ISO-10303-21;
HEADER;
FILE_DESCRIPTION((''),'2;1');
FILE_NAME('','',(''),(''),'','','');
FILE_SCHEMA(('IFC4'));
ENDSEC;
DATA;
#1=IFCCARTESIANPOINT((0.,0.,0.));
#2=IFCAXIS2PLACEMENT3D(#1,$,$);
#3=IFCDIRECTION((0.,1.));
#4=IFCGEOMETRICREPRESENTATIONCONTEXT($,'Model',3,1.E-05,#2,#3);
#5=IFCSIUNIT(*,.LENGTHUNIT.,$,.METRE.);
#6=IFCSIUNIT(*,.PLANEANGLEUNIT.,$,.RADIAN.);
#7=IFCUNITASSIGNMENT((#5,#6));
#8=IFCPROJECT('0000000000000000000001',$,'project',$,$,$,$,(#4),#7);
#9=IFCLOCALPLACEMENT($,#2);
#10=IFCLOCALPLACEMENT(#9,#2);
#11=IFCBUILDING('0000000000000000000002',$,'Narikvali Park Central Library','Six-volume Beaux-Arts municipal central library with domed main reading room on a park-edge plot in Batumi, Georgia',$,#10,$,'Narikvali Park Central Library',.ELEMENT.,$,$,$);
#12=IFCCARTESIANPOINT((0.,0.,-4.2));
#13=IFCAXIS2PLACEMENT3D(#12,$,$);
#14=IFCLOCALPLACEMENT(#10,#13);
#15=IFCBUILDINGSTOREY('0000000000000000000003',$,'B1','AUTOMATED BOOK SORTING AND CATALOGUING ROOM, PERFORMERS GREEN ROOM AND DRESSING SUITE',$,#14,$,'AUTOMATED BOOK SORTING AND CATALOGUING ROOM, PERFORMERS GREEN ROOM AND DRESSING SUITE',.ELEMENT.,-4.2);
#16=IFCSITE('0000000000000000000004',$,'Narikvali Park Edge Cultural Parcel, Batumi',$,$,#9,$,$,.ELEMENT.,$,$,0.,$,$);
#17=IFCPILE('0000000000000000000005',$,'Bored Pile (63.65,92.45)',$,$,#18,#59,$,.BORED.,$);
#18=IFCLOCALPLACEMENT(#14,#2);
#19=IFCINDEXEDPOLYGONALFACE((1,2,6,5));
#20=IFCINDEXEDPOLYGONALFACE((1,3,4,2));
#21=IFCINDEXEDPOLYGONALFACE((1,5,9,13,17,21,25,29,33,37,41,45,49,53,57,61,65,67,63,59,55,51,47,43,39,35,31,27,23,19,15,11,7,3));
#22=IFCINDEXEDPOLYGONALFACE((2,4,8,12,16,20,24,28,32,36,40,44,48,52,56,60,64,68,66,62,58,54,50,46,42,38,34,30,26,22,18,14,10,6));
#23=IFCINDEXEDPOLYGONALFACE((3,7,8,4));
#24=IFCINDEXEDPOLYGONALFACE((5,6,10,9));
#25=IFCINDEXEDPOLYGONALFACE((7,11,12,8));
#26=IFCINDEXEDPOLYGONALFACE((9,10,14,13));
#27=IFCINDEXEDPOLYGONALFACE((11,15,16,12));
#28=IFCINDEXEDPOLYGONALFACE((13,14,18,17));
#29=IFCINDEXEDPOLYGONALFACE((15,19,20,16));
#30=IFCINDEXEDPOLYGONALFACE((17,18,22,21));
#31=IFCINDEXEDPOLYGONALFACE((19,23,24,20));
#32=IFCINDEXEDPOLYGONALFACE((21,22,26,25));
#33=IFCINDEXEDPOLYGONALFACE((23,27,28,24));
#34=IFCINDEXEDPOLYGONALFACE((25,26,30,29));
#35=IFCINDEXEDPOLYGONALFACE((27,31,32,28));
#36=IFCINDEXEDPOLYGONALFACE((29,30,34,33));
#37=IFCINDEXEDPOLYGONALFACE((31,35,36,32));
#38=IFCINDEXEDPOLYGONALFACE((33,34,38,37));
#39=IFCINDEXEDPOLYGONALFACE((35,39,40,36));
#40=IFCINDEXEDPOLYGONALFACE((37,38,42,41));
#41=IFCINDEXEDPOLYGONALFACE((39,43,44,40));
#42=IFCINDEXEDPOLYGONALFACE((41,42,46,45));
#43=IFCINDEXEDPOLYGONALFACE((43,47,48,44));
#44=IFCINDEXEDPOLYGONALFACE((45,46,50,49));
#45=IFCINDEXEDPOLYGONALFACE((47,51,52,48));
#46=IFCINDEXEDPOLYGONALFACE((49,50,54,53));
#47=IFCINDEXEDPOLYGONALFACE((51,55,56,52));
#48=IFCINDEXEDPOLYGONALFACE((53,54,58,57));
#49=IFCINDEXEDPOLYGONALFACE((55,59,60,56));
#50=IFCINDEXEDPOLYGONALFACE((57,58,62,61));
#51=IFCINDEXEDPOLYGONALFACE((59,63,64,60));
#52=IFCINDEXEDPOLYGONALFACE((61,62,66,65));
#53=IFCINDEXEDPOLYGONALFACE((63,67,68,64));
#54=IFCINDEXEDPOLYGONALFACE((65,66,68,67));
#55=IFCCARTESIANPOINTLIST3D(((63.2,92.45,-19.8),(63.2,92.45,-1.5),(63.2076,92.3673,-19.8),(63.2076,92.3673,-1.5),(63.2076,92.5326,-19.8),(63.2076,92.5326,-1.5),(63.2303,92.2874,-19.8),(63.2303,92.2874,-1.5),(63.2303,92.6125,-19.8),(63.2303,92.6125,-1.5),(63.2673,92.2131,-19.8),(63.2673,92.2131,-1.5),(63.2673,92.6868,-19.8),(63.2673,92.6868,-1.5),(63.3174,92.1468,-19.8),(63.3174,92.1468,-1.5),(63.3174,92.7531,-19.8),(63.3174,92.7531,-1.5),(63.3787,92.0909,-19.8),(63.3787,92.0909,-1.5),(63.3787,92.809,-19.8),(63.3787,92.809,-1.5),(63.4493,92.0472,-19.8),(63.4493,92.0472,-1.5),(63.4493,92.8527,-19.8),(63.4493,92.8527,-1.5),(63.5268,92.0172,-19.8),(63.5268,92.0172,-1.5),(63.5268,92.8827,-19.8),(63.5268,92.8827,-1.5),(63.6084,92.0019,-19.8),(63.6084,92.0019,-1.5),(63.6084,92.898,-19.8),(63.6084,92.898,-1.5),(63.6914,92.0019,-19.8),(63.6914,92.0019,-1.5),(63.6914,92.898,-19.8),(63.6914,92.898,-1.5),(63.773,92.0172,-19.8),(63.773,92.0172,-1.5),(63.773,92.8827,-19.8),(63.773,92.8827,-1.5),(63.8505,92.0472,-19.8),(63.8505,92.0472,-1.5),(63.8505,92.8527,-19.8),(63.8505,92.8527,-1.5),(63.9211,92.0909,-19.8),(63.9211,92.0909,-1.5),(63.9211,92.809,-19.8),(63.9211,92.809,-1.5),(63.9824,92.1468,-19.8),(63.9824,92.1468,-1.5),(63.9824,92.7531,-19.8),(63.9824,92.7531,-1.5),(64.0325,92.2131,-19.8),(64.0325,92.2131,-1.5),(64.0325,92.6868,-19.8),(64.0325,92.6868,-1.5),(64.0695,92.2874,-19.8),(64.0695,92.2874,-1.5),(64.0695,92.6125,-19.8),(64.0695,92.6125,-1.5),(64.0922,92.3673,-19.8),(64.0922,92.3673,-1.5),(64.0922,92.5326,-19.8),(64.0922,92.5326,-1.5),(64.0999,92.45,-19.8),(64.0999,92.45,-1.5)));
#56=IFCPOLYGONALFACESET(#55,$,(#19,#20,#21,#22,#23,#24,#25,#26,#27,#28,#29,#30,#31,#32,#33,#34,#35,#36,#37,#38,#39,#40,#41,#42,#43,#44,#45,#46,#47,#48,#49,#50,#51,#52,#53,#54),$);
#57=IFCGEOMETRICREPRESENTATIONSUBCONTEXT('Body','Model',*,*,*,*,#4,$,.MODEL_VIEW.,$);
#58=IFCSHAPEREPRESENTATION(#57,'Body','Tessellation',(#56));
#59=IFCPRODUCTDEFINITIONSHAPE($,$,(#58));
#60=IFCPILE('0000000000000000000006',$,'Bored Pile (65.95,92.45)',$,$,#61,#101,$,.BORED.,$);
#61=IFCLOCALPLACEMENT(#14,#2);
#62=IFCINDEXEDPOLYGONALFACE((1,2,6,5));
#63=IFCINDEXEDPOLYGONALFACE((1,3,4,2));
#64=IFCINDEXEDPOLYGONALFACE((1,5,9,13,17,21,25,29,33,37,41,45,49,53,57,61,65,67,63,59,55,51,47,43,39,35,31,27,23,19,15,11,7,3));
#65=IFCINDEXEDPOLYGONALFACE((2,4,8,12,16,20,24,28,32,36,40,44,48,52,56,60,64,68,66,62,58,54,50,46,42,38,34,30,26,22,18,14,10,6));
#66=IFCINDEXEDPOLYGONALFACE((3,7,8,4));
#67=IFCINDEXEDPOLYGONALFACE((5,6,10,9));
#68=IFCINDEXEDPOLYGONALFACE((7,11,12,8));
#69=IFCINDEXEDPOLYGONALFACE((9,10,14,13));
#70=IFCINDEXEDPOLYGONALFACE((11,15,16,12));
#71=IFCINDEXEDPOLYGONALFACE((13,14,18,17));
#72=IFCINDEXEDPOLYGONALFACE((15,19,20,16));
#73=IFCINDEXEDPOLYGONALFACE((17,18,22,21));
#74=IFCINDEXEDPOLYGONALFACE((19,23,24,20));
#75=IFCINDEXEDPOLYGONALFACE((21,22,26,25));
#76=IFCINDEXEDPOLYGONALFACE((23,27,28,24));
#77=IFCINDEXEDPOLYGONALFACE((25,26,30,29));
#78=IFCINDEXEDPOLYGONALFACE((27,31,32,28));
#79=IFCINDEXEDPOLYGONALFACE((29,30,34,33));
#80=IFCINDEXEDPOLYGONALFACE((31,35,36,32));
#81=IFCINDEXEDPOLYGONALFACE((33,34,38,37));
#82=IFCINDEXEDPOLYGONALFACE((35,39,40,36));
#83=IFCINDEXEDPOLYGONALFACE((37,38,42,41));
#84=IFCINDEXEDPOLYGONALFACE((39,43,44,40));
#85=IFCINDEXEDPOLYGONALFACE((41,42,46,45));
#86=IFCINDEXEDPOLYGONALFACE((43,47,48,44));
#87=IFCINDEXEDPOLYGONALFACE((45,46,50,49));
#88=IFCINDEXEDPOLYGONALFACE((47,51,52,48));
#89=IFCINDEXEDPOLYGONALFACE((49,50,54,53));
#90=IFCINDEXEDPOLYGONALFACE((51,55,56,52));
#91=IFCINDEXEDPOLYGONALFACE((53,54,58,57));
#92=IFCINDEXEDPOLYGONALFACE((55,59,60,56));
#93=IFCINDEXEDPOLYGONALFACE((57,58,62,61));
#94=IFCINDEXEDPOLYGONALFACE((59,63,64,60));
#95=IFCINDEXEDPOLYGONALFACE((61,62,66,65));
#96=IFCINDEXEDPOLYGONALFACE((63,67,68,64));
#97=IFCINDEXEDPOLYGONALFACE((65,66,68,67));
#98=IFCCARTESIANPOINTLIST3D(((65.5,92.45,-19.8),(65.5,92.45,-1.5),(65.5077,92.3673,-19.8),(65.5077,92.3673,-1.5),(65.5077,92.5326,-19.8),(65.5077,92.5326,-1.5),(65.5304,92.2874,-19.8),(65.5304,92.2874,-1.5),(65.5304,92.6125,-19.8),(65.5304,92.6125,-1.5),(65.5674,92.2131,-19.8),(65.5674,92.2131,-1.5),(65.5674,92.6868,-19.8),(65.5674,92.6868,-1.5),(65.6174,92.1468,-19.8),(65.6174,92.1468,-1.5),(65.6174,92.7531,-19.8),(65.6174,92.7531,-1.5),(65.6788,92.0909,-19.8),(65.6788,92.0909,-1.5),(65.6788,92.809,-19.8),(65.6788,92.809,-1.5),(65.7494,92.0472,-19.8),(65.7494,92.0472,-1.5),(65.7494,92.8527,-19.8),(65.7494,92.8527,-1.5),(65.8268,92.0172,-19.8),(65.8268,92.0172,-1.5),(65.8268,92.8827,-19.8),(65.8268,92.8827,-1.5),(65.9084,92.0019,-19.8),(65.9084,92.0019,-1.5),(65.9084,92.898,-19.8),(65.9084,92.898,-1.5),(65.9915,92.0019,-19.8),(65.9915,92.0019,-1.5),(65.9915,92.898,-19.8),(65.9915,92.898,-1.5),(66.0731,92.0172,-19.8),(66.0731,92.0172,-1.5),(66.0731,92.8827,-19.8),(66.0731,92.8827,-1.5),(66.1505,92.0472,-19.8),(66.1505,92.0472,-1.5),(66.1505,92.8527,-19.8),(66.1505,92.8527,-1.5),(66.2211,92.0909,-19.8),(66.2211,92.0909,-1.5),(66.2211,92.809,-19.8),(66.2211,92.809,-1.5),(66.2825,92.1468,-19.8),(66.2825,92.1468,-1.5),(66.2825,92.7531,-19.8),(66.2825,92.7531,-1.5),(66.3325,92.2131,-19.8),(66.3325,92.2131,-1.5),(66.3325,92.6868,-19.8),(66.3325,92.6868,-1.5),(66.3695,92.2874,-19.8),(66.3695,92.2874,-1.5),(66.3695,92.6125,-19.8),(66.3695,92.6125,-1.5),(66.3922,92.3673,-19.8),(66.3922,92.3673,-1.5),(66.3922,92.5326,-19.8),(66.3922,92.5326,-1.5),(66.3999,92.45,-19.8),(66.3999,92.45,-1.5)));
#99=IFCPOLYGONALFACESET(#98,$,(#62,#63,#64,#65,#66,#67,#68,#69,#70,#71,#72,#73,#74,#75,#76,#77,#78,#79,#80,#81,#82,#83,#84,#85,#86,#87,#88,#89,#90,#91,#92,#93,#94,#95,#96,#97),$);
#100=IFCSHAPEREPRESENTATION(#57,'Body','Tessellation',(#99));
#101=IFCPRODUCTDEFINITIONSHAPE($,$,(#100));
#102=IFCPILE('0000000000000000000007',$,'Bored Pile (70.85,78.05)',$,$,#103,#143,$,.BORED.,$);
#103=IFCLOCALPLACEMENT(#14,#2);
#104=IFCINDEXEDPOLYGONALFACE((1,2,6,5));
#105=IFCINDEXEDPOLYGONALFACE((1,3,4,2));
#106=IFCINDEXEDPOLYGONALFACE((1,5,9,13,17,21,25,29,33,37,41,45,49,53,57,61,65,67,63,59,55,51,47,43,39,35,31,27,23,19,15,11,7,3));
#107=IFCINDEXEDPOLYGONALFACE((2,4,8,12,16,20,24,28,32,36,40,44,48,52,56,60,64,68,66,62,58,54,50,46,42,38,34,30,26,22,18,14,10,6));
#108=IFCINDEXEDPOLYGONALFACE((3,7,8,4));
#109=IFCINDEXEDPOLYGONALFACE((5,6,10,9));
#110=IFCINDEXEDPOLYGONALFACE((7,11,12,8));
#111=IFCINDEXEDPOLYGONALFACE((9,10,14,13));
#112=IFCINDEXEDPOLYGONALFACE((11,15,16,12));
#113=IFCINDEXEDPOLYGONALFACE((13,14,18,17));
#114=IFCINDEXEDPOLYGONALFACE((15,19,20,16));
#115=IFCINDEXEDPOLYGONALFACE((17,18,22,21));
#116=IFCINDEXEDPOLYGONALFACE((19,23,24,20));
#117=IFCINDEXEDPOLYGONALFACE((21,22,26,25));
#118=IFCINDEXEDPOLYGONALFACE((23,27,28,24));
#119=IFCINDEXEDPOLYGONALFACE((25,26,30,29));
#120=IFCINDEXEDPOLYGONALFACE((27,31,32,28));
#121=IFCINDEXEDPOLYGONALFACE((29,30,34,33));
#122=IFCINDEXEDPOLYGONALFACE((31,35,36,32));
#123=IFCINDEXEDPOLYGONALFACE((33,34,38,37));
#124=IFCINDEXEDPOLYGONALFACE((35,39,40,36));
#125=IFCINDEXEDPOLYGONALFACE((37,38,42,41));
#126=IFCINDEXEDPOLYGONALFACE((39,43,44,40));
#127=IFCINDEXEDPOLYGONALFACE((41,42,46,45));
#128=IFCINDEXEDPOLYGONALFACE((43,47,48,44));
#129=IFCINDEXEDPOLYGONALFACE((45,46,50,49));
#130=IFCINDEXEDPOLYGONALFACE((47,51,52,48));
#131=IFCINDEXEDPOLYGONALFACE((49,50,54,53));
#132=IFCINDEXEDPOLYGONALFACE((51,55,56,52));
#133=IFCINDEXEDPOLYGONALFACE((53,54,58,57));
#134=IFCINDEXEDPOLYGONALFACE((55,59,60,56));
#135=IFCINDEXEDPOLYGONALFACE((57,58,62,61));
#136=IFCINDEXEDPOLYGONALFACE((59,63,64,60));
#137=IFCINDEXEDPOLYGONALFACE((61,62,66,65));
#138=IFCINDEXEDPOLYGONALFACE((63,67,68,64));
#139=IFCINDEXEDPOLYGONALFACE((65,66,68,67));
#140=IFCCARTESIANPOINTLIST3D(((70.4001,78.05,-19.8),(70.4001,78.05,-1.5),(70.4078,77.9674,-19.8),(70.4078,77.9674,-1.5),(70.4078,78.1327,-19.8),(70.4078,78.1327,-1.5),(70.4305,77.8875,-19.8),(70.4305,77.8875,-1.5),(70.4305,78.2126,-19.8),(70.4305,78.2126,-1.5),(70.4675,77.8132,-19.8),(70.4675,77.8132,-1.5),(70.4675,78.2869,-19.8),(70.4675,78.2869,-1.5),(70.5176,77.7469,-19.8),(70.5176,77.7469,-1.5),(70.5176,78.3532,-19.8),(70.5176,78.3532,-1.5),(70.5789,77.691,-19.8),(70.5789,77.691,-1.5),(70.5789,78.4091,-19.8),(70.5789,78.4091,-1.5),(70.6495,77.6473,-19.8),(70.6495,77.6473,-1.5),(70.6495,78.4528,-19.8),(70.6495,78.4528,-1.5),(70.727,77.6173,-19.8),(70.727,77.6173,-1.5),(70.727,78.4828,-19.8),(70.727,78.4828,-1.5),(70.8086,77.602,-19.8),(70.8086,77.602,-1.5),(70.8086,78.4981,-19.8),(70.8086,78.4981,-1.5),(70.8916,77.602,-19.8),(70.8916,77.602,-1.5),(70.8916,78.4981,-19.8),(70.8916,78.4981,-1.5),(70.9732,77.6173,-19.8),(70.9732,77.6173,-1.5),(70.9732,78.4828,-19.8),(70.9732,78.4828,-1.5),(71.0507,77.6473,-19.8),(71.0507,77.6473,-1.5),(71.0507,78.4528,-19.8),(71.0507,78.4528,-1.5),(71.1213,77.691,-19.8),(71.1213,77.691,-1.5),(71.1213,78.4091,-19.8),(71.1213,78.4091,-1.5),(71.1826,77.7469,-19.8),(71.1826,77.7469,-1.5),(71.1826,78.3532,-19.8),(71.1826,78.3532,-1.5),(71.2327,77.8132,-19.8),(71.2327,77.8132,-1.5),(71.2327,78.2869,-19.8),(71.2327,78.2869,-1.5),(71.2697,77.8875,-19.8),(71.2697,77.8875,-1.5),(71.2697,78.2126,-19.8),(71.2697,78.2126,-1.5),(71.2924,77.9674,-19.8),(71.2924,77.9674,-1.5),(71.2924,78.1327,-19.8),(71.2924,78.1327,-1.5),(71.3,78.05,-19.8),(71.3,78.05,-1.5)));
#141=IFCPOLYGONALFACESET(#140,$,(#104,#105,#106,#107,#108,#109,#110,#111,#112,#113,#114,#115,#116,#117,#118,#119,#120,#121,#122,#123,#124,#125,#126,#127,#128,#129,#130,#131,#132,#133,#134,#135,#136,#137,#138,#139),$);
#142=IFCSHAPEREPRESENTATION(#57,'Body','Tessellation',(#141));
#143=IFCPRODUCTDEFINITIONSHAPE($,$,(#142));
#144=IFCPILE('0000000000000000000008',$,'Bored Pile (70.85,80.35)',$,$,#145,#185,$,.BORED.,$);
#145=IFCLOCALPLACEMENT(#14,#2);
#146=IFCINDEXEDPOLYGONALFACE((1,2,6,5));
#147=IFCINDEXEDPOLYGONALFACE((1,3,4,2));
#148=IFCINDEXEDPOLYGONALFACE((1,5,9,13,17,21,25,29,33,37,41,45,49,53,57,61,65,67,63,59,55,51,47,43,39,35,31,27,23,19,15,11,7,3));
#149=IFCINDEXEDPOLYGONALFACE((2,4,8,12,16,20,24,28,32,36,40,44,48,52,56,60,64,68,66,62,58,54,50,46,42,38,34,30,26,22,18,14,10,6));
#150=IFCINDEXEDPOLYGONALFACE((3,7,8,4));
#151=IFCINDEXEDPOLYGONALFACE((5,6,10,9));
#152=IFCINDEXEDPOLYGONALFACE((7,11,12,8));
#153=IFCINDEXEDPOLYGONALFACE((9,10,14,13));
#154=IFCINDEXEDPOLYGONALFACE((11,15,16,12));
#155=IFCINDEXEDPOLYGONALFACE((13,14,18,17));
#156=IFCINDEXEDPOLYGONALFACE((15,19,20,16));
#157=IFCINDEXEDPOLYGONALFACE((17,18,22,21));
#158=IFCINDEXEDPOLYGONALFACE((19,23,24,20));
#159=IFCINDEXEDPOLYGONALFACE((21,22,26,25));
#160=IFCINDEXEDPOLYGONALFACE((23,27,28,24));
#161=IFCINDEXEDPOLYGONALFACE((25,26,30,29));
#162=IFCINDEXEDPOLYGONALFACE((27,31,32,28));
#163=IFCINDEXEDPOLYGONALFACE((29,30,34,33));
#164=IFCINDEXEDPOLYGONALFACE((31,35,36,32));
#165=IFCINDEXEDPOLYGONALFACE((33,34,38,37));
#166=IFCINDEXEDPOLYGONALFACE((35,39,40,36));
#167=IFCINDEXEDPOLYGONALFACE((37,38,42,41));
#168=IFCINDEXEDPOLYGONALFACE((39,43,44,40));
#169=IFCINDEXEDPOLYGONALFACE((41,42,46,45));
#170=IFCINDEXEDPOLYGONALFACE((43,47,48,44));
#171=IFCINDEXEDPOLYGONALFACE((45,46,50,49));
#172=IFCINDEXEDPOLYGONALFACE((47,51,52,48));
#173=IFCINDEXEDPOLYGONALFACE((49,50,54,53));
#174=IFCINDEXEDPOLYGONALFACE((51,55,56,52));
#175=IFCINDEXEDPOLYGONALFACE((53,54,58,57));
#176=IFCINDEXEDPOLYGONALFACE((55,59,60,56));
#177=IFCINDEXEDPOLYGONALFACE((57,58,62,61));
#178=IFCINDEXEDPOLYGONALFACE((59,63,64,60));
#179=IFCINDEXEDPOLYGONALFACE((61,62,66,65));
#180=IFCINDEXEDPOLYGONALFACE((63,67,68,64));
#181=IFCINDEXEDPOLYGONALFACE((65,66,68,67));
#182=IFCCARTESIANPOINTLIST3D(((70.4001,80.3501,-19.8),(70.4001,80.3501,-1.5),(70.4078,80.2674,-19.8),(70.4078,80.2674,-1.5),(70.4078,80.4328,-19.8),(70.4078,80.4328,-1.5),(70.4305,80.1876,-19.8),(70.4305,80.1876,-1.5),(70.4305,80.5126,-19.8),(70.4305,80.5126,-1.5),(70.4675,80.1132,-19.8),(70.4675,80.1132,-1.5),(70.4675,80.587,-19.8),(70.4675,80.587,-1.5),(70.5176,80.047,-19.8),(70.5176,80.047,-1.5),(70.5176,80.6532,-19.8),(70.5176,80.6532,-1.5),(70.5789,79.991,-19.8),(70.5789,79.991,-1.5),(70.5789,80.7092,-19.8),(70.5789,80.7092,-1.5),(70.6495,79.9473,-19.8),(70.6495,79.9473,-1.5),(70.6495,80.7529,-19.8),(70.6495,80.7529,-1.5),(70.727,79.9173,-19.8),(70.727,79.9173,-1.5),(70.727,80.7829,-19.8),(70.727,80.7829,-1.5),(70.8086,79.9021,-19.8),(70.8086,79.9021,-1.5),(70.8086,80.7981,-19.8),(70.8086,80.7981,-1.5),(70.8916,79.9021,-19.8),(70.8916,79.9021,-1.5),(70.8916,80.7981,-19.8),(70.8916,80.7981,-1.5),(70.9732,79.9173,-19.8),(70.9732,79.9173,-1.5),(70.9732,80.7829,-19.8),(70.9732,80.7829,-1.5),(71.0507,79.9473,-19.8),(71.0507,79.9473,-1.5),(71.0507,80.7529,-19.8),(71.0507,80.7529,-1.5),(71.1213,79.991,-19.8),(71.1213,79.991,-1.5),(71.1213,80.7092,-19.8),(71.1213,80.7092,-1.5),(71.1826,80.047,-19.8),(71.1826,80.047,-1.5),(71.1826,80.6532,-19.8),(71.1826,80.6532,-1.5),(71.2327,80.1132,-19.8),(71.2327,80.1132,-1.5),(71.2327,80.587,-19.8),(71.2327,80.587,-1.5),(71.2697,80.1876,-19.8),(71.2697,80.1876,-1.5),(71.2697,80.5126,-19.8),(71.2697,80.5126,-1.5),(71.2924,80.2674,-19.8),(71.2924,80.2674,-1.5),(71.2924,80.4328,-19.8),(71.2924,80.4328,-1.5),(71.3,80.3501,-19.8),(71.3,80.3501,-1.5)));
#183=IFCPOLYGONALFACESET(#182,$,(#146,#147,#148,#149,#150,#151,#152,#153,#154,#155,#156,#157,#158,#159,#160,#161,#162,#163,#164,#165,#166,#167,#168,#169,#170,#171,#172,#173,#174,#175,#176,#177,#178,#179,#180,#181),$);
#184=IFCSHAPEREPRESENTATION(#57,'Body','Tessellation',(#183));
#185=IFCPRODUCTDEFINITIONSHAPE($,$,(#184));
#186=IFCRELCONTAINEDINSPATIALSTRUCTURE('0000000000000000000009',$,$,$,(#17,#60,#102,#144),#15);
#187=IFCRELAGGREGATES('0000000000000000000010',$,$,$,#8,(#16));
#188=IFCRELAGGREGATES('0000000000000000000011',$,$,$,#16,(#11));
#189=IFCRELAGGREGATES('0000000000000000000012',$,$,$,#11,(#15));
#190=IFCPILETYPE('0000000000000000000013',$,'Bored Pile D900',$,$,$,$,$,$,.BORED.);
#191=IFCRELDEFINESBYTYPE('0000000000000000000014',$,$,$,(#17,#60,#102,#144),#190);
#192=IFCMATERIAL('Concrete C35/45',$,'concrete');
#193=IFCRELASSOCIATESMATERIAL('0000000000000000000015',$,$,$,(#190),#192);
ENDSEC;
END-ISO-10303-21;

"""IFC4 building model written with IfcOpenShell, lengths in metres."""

from ifc_helpers import new_model, si_unit, direction, frame, origin, origin_2d, place, context, subcontext, project, spatial, circle, extrude, material, material_profile, profile_set, type_object, element, save


model = new_model("IFC4")

# Units and contexts
model_context = context("Model", 3, precision=1e-05, world=origin(), true_north=direction((0.0, 1.0)))
body_context = subcontext(model_context, "Body", "Model", "MODEL_VIEW")
ifc_project = project(units=[si_unit("LENGTHUNIT", "METRE"), si_unit("PLANEANGLEUNIT", "RADIAN")], contexts=[model_context])

# Site, building, storey
site_placement = place(None, origin())
site = spatial("IfcSite", under=ifc_project, at=site_placement, Name="Narikvali Park Edge Cultural Parcel, Batumi", CompositionType="ELEMENT", RefElevation=0.0)
building_placement = place(site_placement, origin())
building = spatial("IfcBuilding", under=site, at=building_placement, Name="Narikvali Park Central Library", Description="Six-volume Beaux-Arts municipal central library with domed main reading room on a park-edge plot in Batumi, Georgia", LongName="Narikvali Park Central Library", CompositionType="ELEMENT")
storey_placement = place(building_placement, frame((0.0, 0.0, -4.2)))
storey = spatial("IfcBuildingStorey", under=building, at=storey_placement, Name="B1", Description="AUTOMATED BOOK SORTING AND CATALOGUING ROOM, PERFORMERS GREEN ROOM AND DRESSING SUITE", LongName="AUTOMATED BOOK SORTING AND CATALOGUING ROOM, PERFORMERS GREEN ROOM AND DRESSING SUITE", CompositionType="ELEMENT", Elevation=-4.2)

# Piles
ifc_material_1 = material(Name="Concrete C35/45", Category="concrete")
ifc_material_profile_1 = material_profile(ifc_material_1, circle(Radius=0.45, at=origin_2d()), Name="PILE D900")
ifc_profile_set_1 = profile_set([ifc_material_profile_1], Name="Concrete C35/45")
pile_type = type_object("IfcPileType", Name="Bored Pile D900", PredefinedType="BORED", material=ifc_profile_set_1)
for number, where, z_axis, x_axis, name in (
    (1, (63.6499, 92.45, -1.5), (0.0, 0.0, -1.0), (1.0, 0.0, 0.0), "Bored Pile (63.65,92.45)"),
    (2, (65.95, 92.45, -1.5), (0.0, 0.0, -1.0), (1.0, 0.0, 0.0), "Bored Pile (65.95,92.45)"),
    (3, (70.8501, 78.05, -1.5), (0.0, 0.0, -1.0), (1.0, 0.0, 0.0), "Bored Pile (70.85,78.05)"),
    (4, (70.8501, 80.3501, -1.5), (0.0, 0.0, -1.0), (1.0, 0.0, 0.0), "Bored Pile (70.85,80.35)"),
):
    element("IfcPile", number, at=place(storey_placement, frame(where, z_axis=z_axis, x_axis=x_axis)), inside=storey, type_object=pile_type, Name=name, PredefinedType="BORED", context=body_context, shape_type="SweptSolid", body=[
        extrude(circle(Radius=0.45, at=origin_2d()), origin(), (0.0, 0.0, 1.0), 18.3),
    ])

save(model, "model.ifc")
